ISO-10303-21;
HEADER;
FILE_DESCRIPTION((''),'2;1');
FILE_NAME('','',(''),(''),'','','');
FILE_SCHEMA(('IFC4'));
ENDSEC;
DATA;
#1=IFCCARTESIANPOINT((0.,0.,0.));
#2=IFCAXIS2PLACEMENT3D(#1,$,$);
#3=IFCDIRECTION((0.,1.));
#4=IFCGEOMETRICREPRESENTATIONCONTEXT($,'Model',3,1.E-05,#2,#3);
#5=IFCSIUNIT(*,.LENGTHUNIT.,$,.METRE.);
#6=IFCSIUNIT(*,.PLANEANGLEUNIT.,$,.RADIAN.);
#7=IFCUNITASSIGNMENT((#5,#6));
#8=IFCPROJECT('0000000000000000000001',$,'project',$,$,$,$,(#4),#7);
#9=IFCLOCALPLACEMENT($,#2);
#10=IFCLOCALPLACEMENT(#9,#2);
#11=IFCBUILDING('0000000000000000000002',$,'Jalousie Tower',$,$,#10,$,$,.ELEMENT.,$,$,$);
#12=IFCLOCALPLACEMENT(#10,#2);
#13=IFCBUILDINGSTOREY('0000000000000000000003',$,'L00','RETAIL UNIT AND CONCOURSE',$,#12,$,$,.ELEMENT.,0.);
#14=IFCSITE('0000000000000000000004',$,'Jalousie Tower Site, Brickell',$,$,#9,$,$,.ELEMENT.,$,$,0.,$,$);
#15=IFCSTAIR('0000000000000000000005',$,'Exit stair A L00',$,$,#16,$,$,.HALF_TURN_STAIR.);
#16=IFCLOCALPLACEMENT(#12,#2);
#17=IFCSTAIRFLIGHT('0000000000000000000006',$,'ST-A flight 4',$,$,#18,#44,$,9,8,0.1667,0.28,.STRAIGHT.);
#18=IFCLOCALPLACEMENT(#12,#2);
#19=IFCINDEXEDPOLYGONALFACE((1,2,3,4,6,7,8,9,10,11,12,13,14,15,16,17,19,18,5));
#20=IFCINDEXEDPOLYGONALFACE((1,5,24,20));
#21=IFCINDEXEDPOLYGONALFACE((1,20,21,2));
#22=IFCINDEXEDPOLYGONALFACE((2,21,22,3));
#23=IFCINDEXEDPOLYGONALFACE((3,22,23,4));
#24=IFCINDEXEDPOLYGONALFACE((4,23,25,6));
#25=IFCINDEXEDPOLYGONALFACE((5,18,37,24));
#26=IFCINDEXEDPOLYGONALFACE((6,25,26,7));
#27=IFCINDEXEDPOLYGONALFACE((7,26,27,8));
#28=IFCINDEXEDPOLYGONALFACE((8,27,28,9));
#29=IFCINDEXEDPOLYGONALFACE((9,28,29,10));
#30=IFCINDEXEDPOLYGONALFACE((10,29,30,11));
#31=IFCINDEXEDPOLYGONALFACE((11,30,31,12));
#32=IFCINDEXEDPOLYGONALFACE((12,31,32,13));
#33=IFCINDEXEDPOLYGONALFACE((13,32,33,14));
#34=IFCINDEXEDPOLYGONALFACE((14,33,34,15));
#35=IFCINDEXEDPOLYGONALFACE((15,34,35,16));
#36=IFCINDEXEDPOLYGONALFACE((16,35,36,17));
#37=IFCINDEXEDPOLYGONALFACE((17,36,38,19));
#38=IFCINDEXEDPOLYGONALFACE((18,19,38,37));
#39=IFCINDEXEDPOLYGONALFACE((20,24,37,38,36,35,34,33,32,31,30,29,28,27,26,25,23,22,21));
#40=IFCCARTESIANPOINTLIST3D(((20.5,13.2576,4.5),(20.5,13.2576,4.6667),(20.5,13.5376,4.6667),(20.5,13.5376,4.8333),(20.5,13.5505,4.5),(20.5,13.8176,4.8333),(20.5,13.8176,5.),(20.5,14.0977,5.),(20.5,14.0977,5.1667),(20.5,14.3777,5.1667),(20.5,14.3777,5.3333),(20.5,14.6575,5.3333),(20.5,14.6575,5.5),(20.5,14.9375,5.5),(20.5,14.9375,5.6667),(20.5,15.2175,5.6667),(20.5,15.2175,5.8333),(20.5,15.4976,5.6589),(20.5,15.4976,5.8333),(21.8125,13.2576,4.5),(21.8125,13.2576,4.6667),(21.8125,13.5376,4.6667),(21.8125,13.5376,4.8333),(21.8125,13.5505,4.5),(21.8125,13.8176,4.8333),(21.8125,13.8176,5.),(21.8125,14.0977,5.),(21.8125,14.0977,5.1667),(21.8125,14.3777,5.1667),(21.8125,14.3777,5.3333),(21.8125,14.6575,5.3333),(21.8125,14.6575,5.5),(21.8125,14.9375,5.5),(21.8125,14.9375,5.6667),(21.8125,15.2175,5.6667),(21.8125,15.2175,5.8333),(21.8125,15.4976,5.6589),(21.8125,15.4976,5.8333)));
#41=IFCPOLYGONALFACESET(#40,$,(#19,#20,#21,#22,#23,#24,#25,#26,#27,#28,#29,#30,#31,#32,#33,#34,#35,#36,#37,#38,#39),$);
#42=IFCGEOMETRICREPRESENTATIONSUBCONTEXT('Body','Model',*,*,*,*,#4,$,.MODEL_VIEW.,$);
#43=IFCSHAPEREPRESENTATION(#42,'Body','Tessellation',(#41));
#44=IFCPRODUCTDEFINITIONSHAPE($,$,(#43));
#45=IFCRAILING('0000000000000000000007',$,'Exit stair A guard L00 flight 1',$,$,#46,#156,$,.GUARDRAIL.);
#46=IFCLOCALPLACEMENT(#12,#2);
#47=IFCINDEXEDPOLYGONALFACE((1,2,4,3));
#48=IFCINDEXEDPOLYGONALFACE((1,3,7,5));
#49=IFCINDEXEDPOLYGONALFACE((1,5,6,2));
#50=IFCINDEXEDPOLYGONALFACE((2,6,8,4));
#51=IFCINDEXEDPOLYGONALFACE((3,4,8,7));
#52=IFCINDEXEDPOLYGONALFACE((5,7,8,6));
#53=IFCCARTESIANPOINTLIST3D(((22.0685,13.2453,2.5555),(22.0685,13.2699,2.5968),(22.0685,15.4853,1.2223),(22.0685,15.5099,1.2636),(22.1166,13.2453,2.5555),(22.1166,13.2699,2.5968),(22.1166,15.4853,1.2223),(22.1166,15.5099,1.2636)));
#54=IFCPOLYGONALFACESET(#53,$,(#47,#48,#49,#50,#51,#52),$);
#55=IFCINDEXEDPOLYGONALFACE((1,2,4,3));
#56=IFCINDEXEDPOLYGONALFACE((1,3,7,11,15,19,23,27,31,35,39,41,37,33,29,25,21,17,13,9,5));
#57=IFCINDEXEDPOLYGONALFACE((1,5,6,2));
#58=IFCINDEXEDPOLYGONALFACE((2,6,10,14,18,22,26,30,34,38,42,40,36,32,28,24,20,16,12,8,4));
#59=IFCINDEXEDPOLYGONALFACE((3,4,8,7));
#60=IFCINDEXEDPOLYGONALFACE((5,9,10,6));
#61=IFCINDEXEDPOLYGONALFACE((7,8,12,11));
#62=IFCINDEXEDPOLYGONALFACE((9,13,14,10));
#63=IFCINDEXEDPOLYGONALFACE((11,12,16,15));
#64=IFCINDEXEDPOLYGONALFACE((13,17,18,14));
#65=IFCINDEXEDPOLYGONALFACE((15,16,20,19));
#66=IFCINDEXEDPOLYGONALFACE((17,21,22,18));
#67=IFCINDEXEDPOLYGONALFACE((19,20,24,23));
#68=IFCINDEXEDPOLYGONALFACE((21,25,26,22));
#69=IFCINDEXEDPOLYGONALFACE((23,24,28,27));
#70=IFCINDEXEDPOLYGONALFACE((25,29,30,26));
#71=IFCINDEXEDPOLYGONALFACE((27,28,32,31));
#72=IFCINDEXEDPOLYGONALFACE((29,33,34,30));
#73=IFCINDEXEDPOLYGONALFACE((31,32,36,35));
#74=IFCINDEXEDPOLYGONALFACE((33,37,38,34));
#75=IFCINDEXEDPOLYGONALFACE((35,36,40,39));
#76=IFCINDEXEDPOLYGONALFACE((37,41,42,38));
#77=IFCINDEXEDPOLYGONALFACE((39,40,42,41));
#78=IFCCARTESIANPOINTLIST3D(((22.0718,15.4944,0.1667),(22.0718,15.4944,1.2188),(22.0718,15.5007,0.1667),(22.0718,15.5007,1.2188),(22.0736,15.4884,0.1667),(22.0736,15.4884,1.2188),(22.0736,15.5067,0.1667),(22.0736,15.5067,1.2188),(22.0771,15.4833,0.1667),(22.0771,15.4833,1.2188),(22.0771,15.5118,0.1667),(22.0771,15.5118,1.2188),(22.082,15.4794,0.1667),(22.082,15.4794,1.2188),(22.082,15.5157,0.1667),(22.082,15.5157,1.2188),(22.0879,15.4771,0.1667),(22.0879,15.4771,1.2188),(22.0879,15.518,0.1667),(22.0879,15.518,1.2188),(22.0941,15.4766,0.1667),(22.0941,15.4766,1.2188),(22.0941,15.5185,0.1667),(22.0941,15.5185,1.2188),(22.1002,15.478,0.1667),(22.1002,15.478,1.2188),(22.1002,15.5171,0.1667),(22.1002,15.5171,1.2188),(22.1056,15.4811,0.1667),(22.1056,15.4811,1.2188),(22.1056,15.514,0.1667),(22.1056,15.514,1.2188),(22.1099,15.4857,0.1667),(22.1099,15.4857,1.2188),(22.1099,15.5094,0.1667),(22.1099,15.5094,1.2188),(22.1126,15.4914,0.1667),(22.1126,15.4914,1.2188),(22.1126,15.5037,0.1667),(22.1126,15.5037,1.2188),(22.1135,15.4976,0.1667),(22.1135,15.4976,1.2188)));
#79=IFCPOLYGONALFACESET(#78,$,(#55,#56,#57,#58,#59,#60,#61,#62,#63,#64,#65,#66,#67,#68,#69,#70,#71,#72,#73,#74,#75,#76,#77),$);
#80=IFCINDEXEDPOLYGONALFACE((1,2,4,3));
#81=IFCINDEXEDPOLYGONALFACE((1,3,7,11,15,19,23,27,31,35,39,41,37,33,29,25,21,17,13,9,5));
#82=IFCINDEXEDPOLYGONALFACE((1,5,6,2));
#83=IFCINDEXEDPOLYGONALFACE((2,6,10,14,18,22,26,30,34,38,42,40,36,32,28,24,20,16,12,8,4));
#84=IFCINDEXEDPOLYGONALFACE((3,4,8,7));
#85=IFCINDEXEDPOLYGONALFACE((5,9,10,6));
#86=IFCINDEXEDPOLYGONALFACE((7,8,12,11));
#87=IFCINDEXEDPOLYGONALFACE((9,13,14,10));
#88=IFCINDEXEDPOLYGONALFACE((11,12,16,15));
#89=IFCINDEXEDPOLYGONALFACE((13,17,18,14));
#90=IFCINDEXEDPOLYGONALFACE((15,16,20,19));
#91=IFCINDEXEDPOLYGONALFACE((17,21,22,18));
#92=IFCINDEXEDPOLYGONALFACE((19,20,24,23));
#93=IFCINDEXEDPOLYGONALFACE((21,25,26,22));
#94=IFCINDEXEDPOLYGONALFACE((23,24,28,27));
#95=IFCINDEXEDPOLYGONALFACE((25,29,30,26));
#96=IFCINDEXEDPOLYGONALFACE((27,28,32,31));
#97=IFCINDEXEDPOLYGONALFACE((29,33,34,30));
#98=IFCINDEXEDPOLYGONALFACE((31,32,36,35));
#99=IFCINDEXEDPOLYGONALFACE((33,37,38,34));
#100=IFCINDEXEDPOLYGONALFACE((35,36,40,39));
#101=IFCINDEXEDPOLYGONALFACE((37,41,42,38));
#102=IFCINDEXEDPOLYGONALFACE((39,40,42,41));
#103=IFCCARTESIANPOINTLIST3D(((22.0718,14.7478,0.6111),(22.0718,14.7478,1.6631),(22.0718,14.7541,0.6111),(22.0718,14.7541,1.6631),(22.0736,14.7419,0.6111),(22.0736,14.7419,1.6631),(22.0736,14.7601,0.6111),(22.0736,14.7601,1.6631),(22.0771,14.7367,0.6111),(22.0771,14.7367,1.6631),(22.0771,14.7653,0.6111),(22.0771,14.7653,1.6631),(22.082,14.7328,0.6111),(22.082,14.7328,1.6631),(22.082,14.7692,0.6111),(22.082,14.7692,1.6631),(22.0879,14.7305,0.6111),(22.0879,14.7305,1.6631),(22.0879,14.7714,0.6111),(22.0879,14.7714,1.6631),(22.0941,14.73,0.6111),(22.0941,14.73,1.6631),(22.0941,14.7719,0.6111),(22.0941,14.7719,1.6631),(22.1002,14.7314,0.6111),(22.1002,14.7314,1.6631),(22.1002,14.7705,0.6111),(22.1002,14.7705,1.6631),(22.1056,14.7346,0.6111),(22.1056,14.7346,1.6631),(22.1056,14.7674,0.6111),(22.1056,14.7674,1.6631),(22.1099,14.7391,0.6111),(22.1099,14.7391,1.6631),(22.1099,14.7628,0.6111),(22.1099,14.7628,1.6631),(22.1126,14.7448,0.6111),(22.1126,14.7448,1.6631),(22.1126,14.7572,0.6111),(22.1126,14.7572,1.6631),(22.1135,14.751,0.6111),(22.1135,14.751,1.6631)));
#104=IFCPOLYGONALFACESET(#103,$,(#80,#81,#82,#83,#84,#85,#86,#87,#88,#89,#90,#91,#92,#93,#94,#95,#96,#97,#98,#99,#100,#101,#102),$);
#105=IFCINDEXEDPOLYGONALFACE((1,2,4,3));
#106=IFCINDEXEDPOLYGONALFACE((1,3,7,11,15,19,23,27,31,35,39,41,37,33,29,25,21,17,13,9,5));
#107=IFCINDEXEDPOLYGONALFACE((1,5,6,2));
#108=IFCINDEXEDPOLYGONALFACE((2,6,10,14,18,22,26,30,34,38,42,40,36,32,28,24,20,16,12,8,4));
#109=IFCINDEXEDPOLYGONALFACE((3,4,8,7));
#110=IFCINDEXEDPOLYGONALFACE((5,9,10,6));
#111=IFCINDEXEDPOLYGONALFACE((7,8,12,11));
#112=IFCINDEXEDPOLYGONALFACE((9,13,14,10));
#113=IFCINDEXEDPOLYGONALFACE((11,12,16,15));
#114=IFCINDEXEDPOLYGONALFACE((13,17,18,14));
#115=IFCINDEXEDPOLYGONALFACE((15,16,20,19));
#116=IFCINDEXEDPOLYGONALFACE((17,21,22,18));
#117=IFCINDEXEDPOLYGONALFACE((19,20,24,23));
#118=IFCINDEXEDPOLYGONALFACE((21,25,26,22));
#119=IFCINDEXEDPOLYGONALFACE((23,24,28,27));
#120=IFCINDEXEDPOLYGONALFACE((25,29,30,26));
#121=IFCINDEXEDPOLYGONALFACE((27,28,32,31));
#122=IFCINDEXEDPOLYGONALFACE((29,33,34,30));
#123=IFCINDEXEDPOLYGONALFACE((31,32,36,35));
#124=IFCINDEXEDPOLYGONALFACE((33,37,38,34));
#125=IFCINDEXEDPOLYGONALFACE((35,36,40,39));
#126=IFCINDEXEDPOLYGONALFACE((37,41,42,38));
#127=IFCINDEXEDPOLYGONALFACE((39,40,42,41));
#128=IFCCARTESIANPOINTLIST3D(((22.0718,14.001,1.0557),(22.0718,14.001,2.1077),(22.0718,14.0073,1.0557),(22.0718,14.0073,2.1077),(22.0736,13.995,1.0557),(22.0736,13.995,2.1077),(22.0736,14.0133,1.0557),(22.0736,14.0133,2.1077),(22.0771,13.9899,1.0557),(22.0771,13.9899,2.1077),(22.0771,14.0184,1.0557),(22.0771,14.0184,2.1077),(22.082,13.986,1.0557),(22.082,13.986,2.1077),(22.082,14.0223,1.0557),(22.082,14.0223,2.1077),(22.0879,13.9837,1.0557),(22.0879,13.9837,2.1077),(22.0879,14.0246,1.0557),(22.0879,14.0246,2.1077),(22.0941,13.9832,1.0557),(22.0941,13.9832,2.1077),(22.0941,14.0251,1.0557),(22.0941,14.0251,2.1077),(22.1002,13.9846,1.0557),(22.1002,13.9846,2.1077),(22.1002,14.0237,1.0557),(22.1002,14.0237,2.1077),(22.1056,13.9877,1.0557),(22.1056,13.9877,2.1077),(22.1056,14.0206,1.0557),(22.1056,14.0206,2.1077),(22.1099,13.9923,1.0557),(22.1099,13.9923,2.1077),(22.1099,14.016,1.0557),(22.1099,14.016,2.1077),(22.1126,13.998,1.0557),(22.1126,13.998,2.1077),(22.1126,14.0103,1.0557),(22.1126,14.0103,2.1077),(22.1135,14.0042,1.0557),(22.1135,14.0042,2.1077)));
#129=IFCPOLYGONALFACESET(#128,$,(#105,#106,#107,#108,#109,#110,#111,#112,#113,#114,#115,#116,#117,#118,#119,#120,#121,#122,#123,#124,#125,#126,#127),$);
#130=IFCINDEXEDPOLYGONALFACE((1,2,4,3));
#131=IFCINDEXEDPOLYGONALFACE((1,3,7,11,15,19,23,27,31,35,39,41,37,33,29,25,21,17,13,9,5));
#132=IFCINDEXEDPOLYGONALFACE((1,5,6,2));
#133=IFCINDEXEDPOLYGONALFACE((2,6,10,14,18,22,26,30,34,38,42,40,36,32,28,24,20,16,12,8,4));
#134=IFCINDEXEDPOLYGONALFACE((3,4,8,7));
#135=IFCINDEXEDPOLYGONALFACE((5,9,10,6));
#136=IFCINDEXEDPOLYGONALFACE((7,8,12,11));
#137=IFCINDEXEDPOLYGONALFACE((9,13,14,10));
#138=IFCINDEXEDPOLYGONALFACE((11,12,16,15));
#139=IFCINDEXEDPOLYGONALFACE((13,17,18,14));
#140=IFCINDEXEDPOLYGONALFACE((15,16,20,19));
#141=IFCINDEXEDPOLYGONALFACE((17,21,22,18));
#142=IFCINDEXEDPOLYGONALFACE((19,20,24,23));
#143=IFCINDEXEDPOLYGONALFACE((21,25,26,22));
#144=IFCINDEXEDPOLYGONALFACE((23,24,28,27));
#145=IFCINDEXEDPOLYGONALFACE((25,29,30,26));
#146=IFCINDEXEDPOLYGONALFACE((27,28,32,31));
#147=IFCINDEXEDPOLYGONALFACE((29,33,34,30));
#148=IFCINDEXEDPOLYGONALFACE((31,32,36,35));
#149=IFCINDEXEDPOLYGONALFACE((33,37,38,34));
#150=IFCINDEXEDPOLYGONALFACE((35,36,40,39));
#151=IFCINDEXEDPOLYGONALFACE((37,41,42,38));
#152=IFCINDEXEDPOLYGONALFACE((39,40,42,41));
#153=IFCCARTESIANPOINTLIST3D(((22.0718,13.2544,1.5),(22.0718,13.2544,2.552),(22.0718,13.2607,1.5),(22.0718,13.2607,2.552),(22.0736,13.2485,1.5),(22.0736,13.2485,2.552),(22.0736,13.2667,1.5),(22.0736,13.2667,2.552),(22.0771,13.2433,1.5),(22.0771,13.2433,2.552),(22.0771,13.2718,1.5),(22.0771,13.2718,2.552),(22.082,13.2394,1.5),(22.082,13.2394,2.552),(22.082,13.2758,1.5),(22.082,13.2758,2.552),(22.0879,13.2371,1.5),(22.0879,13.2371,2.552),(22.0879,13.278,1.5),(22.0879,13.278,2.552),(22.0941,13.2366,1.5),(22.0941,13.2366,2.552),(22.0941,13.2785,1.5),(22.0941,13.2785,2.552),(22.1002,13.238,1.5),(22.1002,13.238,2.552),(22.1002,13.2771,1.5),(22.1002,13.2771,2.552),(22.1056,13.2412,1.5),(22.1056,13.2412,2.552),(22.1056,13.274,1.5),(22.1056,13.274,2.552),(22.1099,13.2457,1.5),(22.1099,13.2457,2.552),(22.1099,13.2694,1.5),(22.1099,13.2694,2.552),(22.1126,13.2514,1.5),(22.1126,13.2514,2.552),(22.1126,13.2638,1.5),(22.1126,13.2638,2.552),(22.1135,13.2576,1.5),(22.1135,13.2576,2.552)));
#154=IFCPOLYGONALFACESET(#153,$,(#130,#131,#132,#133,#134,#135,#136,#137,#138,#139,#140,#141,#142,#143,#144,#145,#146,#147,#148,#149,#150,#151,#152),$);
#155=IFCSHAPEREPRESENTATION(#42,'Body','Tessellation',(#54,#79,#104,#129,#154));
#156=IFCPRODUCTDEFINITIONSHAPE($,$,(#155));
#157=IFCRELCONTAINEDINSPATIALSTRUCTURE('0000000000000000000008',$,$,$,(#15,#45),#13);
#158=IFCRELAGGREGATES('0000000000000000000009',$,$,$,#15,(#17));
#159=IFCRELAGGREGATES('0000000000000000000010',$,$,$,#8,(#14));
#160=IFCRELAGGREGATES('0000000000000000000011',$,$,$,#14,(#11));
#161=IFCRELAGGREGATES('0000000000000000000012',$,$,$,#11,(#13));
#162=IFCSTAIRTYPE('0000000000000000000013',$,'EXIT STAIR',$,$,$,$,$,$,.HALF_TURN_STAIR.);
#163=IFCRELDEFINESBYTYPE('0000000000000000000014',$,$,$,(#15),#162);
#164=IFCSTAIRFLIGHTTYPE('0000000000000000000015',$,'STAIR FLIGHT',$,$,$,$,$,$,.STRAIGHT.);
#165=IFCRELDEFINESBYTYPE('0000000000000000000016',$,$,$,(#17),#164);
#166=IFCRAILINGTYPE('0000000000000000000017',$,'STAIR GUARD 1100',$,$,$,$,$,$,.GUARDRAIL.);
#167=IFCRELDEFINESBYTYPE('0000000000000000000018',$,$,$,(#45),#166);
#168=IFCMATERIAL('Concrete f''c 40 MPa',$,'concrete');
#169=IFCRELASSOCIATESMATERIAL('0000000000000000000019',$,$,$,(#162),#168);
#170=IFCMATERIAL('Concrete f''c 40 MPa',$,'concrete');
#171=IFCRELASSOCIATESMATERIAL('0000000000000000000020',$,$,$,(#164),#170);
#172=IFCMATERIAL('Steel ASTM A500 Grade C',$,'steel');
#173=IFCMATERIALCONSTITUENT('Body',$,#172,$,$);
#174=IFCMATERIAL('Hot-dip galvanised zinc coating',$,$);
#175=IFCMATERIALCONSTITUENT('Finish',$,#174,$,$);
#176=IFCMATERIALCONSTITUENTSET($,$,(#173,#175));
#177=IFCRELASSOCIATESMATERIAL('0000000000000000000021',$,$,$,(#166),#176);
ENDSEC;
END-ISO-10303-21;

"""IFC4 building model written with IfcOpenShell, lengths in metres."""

from ifc_helpers import new_model, si_unit, direction, frame, origin, origin_2d, place, context, subcontext, project, spatial, polyline, rectangle, circle, outline, extrude, material, constituent, constituent_set, type_object, element, aggregate, save


model = new_model("IFC4")

# Units and contexts
model_context = context("Model", 3, precision=1e-05, world=origin(), true_north=direction((0.0, 1.0)))
body_context = subcontext(model_context, "Body", "Model", "MODEL_VIEW")
ifc_project = project(units=[si_unit("LENGTHUNIT", "METRE"), si_unit("PLANEANGLEUNIT", "RADIAN")], contexts=[model_context])

# Site, building, storey
site_placement = place(None, origin())
site = spatial("IfcSite", under=ifc_project, at=site_placement, Name="Jalousie Tower Site, Brickell", CompositionType="ELEMENT", RefElevation=0.0)
building_placement = place(site_placement, origin())
building = spatial("IfcBuilding", under=site, at=building_placement, Name="Jalousie Tower", CompositionType="ELEMENT")
storey_placement = place(building_placement, origin())
storey = spatial("IfcBuildingStorey", under=building, at=storey_placement, Name="L00", Description="RETAIL UNIT AND CONCOURSE", CompositionType="ELEMENT", Elevation=0.0)

# Stair, stair flight
ifc_material_1 = material(Name="Concrete f'c 40 MPa", Category="concrete")
stair_type = type_object("IfcStairType", Name="EXIT STAIR", PredefinedType="HALF_TURN_STAIR", material=ifc_material_1)
stair_placement = place(storey_placement, origin())
stair = element("IfcStair", 1, at=stair_placement, inside=storey, type_object=stair_type, Name="Exit stair A L00", PredefinedType="HALF_TURN_STAIR")
ifc_material_2 = material(Name="Concrete f'c 40 MPa", Category="concrete")
stair_flight_type = type_object("IfcStairFlightType", Name="STAIR FLIGHT", PredefinedType="STRAIGHT", material=ifc_material_2)
stair_flight_1_placement = place(storey_placement, frame((21.1562, 13.2576, 4.5), z_axis=(0.0, 0.0, 1.0), x_axis=(0.0, 1.0, 0.0)))
stair_flight_1 = element("IfcStairFlight", 2, at=stair_flight_1_placement, type_object=stair_flight_type, Name="ST-A flight 4", NumberOfRisers=9, NumberOfTreads=8, PredefinedType="STRAIGHT", RiserHeight=0.1667, TreadLength=0.28, context=body_context, shape_type="SweptSolid", body=[
    extrude(outline(polyline([(0.0, 0.0), (0.0, 0.1667), (0.28, 0.1667), (0.28, 0.3333), (0.5601, 0.3333), (0.5601, 0.5), (0.8401, 0.5), (0.8401, 0.6667), (1.1201, 0.6667), (1.1201, 0.8333), (1.3999, 0.8333), (1.3999, 1.0), (1.6799, 1.0), (1.6799, 1.1667), (1.96, 1.1667), (1.96, 1.3333), (2.24, 1.3333), (2.24, 1.5), (2.24, 1.1589), (0.293, 0.0), (0.0, 0.0)])), frame((0.0, 0.6562, 0.0), z_axis=(0.0, -1.0, 0.0), x_axis=(1.0, 0.0, 0.0)), (0.0, 0.0, 1.0), 1.3125),
])
aggregate(stair, [stair_flight_1])

# Railing
ifc_material_3 = material(Name="Steel ASTM A500 Grade C", Category="steel")
ifc_constituent_1 = constituent(ifc_material_3, Name="Body")
ifc_material_4 = material(Name="Hot-dip galvanised zinc coating")
ifc_constituent_2 = constituent(ifc_material_4, Name="Finish")
ifc_constituent_set_1 = constituent_set(constituents=[ifc_constituent_1, ifc_constituent_2])
railing_type_1 = type_object("IfcRailingType", Name="STAIR GUARD 1100", PredefinedType="GUARDRAIL", material=ifc_constituent_set_1)
railing_1_placement = place(storey_placement, frame((22.0925, 15.4976, 0.1667)))
element("IfcRailing", 3, at=railing_1_placement, inside=storey, type_object=railing_type_1, Name="Exit stair A guard L00 flight 1", PredefinedType="GUARDRAIL", context=body_context, shape_type="SweptSolid", body=[
    extrude(rectangle(XDim=0.0481, YDim=0.0481, at=origin_2d()), frame((0.0, 0.0, 1.0762), z_axis=(0.0, -0.859306, 0.511462), x_axis=(1.0, 0.0, 0.0)), (0.0, 0.0, 1.0), 2.6067),
    extrude(circle(Radius=0.021, at=origin_2d()), origin(), (0.0, 0.0, 1.0), 1.052),
    extrude(circle(Radius=0.021, at=origin_2d()), frame((0.0, -0.7466, 0.4443)), (0.0, 0.0, 1.0), 1.052),
    extrude(circle(Radius=0.021, at=origin_2d()), frame((0.0, -1.4934, 0.8889)), (0.0, 0.0, 1.0), 1.052),
    extrude(circle(Radius=0.021, at=origin_2d()), frame((0.0, -2.24, 1.3333)), (0.0, 0.0, 1.0), 1.052),
])

save(model, "model.ifc")
